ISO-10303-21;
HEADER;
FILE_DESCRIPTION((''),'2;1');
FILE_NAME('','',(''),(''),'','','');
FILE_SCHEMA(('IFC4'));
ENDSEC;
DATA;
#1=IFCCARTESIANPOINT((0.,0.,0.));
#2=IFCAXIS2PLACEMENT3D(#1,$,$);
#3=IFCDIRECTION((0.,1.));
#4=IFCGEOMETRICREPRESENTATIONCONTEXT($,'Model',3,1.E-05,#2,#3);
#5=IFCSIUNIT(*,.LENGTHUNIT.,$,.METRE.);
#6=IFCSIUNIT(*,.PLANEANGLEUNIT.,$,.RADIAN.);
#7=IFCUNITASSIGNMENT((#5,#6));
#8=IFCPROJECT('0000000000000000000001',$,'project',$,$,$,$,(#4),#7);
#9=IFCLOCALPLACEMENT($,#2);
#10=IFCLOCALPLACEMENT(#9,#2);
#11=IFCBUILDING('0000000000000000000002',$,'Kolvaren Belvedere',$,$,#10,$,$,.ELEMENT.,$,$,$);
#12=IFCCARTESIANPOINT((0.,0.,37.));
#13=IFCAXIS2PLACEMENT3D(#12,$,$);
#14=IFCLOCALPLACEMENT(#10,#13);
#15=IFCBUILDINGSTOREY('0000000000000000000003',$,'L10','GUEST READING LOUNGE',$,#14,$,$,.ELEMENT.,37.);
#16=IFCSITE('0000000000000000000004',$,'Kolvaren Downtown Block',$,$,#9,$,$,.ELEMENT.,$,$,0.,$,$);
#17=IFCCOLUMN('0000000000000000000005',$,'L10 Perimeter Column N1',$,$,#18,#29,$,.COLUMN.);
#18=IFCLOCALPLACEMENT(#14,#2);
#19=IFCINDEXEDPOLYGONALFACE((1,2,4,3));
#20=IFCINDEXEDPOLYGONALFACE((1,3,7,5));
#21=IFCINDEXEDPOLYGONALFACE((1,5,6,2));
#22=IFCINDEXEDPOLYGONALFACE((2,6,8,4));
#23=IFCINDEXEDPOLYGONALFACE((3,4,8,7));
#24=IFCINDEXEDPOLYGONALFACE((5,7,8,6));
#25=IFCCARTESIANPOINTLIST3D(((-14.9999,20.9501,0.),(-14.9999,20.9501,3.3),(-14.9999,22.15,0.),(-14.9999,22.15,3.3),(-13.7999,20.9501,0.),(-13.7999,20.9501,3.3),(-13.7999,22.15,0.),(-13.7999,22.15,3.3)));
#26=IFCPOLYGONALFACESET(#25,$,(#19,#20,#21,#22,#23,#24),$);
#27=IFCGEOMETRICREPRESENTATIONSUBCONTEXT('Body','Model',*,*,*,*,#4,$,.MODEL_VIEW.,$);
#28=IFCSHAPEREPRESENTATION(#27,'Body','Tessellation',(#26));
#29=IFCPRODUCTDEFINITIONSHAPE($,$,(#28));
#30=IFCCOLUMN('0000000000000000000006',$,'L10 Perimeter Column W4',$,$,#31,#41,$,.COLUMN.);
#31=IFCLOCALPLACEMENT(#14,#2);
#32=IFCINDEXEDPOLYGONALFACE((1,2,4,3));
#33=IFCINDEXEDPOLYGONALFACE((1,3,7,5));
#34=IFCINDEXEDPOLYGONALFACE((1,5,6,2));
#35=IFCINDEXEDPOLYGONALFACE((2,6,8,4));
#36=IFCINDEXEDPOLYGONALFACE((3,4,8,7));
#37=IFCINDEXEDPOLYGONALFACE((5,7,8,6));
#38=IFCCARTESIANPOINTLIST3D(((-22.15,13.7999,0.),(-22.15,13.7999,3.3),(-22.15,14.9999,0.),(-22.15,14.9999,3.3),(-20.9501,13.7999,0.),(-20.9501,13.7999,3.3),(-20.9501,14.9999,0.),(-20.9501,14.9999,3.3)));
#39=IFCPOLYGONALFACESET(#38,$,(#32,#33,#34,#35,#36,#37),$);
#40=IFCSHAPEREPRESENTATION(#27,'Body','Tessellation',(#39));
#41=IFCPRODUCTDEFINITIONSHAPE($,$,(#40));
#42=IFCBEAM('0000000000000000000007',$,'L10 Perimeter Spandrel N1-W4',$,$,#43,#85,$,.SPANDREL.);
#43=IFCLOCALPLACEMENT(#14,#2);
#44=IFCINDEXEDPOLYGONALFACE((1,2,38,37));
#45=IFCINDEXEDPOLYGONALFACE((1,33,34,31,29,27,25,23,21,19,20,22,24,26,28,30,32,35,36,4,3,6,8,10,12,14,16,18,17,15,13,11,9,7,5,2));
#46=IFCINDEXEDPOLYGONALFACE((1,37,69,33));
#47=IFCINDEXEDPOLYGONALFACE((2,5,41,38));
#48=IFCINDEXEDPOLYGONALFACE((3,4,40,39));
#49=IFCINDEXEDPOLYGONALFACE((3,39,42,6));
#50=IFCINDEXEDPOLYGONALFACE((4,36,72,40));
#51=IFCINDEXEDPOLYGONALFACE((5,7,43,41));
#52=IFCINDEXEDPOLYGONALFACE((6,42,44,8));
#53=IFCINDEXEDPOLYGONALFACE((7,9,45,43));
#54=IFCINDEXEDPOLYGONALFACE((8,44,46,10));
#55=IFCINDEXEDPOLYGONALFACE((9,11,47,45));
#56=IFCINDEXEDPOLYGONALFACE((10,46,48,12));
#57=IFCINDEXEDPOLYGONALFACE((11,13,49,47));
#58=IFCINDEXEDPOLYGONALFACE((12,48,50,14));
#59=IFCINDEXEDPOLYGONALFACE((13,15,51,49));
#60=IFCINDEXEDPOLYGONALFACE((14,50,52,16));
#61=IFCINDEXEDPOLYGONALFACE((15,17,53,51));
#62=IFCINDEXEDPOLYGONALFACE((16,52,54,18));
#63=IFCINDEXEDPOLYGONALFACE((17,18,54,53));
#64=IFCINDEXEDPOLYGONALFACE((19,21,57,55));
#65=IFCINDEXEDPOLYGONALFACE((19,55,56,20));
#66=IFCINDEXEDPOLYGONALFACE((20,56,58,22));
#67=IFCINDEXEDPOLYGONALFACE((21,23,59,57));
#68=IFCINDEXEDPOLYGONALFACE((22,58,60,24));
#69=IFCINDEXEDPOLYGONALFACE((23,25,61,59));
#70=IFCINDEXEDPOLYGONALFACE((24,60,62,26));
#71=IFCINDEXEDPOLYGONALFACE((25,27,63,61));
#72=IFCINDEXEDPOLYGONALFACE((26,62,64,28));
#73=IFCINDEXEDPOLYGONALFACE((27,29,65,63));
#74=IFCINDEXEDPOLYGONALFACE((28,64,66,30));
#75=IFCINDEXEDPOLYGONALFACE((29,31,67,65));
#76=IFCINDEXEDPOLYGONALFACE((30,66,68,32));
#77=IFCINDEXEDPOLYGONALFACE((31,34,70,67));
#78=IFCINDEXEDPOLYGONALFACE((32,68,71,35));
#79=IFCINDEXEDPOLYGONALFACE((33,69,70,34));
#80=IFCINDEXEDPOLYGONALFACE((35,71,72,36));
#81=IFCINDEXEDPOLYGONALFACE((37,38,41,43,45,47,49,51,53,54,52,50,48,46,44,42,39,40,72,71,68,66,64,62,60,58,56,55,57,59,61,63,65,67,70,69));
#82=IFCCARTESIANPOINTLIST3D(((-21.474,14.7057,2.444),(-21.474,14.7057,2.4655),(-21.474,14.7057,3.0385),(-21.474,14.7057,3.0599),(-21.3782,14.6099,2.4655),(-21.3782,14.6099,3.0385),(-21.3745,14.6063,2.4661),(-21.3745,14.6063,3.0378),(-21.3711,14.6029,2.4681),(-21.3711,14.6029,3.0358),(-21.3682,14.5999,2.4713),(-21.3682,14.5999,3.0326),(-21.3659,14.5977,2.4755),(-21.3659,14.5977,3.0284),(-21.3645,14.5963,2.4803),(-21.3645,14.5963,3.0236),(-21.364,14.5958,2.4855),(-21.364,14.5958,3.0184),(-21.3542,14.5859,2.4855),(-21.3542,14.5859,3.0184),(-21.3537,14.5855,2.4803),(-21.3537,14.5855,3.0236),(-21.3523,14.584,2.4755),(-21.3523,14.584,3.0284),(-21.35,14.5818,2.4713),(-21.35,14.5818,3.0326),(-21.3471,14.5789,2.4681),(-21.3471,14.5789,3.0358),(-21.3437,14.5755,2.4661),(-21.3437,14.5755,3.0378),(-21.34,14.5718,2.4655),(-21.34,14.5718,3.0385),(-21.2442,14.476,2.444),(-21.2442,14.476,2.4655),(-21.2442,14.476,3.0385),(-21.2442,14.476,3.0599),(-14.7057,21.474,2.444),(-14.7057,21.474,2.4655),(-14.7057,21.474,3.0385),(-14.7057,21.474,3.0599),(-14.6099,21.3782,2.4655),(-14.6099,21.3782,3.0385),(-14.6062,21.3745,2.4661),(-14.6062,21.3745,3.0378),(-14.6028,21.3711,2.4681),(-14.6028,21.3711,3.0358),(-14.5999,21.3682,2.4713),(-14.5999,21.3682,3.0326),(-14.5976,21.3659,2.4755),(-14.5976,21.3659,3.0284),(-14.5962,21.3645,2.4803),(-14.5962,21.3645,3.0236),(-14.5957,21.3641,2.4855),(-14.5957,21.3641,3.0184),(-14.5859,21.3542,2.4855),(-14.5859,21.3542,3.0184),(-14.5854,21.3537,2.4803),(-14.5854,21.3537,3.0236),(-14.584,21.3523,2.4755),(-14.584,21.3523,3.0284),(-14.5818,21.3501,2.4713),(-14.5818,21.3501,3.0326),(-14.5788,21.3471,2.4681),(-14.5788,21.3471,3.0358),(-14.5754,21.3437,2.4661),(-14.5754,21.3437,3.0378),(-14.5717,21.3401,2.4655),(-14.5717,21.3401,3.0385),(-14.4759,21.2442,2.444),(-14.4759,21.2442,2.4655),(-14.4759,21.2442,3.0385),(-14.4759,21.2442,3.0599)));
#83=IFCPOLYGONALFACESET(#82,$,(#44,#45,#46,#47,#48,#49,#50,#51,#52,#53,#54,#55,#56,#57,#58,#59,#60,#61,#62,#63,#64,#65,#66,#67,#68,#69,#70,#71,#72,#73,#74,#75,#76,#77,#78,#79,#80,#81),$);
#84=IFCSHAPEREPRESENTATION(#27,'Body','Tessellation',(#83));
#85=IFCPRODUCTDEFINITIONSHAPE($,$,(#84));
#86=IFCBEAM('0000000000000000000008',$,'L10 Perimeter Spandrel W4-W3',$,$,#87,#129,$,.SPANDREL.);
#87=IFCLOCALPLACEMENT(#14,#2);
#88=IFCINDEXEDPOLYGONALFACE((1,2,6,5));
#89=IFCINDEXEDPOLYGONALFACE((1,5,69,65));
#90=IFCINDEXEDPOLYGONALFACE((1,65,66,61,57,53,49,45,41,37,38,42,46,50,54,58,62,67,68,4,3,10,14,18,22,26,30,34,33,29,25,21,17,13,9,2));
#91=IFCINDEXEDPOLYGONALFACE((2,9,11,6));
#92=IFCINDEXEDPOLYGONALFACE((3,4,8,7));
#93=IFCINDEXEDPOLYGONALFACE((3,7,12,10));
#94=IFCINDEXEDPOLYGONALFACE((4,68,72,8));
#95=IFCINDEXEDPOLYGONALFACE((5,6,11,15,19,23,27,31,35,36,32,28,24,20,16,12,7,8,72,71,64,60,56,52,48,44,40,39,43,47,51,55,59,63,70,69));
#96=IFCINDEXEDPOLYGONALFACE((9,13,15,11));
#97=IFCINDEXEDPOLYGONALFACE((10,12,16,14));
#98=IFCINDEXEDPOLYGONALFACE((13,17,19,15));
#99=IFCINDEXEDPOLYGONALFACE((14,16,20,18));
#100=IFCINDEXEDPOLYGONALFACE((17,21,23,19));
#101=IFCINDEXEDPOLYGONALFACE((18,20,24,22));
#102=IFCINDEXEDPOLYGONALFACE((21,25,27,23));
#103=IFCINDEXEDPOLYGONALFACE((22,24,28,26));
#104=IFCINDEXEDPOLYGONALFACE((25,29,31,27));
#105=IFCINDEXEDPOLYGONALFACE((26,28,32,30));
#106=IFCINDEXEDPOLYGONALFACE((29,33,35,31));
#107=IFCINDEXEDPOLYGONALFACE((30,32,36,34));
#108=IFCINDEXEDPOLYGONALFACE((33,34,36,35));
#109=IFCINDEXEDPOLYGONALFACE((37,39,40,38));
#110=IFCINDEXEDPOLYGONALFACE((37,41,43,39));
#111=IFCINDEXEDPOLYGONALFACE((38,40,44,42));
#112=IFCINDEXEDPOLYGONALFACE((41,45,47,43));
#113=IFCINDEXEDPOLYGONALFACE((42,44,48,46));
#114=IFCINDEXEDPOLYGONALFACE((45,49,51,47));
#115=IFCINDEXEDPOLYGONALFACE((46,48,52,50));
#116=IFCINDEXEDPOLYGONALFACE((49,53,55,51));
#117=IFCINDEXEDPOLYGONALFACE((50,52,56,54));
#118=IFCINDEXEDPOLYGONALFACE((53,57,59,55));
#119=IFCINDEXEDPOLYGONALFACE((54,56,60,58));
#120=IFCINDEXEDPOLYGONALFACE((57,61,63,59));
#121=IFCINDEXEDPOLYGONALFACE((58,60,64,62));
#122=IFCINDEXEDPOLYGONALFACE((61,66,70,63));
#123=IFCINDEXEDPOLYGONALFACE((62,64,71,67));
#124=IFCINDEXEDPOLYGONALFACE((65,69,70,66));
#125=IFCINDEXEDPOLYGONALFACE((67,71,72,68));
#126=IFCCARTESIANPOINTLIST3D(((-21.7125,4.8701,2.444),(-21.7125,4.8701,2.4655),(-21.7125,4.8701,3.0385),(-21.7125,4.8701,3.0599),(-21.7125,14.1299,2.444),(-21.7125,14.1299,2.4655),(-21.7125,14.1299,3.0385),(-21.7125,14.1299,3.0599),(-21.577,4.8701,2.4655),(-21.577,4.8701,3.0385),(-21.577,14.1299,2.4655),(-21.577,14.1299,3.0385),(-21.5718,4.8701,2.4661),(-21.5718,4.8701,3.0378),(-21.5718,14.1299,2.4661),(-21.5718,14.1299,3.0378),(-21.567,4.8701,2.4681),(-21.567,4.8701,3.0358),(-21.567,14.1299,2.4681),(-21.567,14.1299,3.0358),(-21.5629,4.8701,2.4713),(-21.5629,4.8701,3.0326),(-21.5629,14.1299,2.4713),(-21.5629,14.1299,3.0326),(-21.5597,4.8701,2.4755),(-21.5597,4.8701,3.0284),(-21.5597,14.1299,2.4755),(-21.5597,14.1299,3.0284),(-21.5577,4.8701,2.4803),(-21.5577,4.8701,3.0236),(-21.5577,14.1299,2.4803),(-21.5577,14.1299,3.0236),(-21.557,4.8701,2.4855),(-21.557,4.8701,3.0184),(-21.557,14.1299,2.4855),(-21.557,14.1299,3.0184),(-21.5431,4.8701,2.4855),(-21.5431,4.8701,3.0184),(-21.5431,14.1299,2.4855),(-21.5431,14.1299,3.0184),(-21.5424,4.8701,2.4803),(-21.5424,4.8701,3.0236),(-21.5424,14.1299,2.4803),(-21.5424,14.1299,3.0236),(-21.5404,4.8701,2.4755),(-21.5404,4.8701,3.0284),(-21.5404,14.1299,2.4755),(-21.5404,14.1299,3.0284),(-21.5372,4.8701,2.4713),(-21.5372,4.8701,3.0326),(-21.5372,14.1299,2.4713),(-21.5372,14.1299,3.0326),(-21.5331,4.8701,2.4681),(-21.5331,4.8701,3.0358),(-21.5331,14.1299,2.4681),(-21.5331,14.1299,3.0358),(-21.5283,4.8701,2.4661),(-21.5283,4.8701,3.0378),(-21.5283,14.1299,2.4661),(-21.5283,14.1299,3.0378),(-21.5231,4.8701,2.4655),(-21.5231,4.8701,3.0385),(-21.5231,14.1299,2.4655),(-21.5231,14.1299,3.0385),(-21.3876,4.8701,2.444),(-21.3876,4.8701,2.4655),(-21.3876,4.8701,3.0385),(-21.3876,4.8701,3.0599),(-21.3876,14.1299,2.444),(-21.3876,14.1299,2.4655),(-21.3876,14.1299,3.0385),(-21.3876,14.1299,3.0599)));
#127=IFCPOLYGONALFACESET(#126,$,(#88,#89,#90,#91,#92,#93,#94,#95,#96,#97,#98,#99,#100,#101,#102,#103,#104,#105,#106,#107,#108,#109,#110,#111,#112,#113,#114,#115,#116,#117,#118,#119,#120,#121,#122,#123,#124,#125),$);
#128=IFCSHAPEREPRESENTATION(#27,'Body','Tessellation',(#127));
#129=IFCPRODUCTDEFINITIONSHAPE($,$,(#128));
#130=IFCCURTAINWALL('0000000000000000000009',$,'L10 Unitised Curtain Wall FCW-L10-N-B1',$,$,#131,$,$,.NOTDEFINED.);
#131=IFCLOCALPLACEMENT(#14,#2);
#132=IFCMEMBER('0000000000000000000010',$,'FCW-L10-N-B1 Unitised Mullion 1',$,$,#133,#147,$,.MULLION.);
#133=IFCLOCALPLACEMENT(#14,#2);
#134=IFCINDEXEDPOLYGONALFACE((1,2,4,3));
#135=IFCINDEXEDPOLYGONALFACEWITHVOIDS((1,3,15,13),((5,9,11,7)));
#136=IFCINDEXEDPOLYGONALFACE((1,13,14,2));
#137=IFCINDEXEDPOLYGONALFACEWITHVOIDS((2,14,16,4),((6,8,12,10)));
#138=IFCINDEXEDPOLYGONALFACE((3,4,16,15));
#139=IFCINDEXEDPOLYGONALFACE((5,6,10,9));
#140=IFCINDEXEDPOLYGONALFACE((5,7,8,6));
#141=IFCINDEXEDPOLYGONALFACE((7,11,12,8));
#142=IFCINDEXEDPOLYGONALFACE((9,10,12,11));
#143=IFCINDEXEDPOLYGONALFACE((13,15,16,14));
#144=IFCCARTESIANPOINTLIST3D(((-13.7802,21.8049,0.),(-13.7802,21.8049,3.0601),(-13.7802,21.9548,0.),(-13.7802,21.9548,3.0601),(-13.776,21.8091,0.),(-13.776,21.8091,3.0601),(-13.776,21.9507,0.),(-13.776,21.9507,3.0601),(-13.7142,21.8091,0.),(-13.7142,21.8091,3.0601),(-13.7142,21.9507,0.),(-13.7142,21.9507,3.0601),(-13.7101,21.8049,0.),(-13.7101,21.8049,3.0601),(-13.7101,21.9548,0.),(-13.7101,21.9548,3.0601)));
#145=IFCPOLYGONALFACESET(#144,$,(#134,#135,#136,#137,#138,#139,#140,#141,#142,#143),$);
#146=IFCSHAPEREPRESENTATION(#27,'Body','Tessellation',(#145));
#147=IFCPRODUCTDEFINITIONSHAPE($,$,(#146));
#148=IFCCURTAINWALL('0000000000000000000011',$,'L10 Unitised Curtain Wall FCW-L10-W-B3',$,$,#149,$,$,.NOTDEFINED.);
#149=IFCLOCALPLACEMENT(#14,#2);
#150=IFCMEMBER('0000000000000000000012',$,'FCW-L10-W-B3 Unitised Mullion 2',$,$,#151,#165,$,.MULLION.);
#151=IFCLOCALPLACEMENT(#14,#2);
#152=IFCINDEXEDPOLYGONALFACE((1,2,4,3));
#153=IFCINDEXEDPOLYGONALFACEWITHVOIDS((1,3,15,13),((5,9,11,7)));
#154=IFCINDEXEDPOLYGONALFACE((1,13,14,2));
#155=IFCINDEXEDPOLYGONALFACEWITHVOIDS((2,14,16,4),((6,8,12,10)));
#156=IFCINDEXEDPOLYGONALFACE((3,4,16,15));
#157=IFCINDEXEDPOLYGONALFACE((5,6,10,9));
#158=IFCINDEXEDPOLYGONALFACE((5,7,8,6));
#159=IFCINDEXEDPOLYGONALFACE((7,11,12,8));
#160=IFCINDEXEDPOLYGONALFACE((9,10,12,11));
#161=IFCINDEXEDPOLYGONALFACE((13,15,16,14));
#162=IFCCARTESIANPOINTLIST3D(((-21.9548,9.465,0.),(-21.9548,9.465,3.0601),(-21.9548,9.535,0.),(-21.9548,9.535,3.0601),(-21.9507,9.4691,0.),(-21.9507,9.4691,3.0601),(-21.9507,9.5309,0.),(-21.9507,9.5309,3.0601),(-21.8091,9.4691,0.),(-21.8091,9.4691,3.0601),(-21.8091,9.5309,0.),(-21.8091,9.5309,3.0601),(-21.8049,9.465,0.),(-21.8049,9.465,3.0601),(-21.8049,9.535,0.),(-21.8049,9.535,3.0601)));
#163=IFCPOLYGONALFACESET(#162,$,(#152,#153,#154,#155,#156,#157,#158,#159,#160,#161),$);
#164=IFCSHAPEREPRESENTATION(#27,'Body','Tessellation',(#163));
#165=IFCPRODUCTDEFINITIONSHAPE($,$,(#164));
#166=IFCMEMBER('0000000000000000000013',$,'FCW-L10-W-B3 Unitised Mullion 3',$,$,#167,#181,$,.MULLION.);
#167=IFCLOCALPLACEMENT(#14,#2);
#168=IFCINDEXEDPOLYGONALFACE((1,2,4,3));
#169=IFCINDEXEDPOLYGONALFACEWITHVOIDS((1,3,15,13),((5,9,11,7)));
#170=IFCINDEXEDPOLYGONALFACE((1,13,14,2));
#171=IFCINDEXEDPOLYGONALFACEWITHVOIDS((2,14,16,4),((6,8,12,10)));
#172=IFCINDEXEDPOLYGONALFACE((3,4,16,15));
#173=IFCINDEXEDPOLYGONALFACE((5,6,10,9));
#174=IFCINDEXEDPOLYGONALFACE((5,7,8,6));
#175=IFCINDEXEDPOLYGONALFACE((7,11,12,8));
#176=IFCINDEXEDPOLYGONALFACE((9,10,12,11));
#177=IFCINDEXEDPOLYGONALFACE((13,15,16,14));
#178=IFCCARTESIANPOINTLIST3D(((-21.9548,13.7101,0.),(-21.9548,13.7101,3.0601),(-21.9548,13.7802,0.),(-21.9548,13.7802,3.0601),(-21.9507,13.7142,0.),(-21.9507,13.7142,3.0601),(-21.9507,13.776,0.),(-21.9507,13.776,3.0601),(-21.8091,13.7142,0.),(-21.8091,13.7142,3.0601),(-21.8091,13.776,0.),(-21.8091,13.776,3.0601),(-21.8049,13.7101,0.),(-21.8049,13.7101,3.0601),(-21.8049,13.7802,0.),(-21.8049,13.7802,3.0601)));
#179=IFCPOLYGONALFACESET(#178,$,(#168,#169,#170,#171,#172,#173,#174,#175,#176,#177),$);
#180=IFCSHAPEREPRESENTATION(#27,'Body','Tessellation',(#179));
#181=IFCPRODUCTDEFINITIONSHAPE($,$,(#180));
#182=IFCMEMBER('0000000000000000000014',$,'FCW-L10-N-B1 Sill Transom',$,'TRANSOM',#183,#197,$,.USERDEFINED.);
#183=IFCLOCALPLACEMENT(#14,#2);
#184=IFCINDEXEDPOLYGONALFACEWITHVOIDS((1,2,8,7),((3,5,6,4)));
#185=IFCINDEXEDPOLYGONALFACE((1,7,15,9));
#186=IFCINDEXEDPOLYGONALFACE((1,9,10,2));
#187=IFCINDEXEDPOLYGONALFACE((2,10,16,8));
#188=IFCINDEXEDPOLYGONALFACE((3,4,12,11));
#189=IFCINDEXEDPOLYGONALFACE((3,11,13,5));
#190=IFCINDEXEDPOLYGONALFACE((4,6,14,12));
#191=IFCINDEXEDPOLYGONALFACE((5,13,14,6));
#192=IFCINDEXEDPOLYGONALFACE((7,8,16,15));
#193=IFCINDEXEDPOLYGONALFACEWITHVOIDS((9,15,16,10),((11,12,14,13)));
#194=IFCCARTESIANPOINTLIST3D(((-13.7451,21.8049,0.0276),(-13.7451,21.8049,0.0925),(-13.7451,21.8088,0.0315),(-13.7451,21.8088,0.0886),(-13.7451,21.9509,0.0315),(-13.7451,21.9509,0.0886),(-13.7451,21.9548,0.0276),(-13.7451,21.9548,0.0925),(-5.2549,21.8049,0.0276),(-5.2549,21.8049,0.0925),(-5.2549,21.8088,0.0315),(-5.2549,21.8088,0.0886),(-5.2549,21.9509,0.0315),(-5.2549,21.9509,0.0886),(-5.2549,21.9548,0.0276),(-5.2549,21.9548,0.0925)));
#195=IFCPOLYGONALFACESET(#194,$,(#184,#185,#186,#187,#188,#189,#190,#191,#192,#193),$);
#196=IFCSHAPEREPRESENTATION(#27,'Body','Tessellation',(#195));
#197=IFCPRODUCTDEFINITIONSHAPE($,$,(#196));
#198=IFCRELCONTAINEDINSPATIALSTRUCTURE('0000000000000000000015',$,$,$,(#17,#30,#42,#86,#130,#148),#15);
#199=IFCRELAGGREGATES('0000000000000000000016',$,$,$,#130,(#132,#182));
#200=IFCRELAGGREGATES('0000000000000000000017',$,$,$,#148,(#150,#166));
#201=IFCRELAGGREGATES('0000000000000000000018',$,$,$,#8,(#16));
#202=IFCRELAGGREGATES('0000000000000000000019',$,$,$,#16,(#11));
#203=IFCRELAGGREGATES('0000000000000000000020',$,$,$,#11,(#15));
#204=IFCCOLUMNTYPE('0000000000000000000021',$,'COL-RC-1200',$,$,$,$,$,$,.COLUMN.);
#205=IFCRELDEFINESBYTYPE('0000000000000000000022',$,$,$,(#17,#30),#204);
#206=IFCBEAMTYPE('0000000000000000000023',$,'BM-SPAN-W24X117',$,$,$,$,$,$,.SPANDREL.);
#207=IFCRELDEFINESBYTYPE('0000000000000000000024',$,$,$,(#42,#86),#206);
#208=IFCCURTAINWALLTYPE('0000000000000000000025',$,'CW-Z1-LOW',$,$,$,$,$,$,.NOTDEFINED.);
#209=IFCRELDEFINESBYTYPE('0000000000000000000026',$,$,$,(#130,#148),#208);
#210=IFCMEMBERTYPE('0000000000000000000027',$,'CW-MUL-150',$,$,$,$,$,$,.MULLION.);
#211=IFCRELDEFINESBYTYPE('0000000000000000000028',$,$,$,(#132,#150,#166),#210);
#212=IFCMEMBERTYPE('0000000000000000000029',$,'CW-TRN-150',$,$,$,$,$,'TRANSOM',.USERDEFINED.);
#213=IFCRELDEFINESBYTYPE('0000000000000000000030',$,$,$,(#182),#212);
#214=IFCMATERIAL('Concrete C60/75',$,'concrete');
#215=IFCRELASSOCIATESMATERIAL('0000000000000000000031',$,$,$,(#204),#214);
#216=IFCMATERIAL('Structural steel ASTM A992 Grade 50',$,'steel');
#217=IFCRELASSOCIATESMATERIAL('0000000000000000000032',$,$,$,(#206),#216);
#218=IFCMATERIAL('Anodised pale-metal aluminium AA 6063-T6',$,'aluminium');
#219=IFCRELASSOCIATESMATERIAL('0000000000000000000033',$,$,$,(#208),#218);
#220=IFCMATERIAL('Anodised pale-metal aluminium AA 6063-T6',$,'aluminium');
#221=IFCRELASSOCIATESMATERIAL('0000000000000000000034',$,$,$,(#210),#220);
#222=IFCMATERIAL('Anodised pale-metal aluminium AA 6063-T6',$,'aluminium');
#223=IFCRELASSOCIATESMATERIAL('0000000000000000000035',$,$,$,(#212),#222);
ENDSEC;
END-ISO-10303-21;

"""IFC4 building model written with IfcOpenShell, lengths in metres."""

from ifc_helpers import new_model, si_unit, direction, frame, origin, origin_2d, place, context, subcontext, project, spatial, rectangle, hollow_rectangle, i_section, extrude, material, material_profile, profile_set, type_object, element, aggregate, save


model = new_model("IFC4")

# Units and contexts
model_context = context("Model", 3, precision=1e-05, world=origin(), true_north=direction((0.0, 1.0)))
body_context = subcontext(model_context, "Body", "Model", "MODEL_VIEW")
ifc_project = project(units=[si_unit("LENGTHUNIT", "METRE"), si_unit("PLANEANGLEUNIT", "RADIAN")], contexts=[model_context])

# Site, building, storey
site_placement = place(None, origin())
site = spatial("IfcSite", under=ifc_project, at=site_placement, Name="Kolvaren Downtown Block", CompositionType="ELEMENT", RefElevation=0.0)
building_placement = place(site_placement, origin())
building = spatial("IfcBuilding", under=site, at=building_placement, Name="Kolvaren Belvedere", CompositionType="ELEMENT")
storey_placement = place(building_placement, frame((0.0, 0.0, 37.0)))
storey = spatial("IfcBuildingStorey", under=building, at=storey_placement, Name="L10", Description="GUEST READING LOUNGE", CompositionType="ELEMENT", Elevation=37.0)

# Columns
ifc_material_1 = material(Name="Concrete C60/75", Category="concrete")
ifc_material_profile_1 = material_profile(ifc_material_1, rectangle(XDim=1.2, YDim=1.2, at=origin_2d()), Name="RC 1200X1200")
ifc_profile_set_1 = profile_set([ifc_material_profile_1], Name="Concrete C60/75")
column_type = type_object("IfcColumnType", Name="COL-RC-1200", PredefinedType="COLUMN", material=ifc_profile_set_1)
for number, where, z_axis, x_axis, name in (
    (1, (-14.3999, 21.55, 0.0), (0.0, 0.0, 1.0), (1.0, 0.0, 0.0), "L10 Perimeter Column N1"),
    (2, (-21.55, 14.3999, 0.0), (0.0, 0.0, 1.0), (1.0, 0.0, 0.0), "L10 Perimeter Column W4"),
):
    element("IfcColumn", number, at=place(storey_placement, frame(where, z_axis=z_axis, x_axis=x_axis)), inside=storey, type_object=column_type, Name=name, PredefinedType="COLUMN", context=body_context, shape_type="SweptSolid", body=[
        extrude(rectangle(XDim=1.2, YDim=1.2, at=origin_2d()), origin(), (0.0, 0.0, 1.0), 3.3),
    ])

# Beams
ifc_material_2 = material(Name="Structural steel ASTM A992 Grade 50", Category="steel")
ifc_material_profile_2 = material_profile(ifc_material_2, i_section(OverallWidth=0.325, OverallDepth=0.616, WebThickness=0.0139, FlangeThickness=0.0215, FilletRadius=0.02, at=origin_2d()), Name="W24X117")
ifc_profile_set_2 = profile_set([ifc_material_profile_2], Name="Structural steel ASTM A992 Grade 50")
beam_type = type_object("IfcBeamType", Name="BM-SPAN-W24X117", PredefinedType="SPANDREL", material=ifc_profile_set_2)
beam_1_placement = place(storey_placement, frame((-14.5908, 21.3591, 2.752), z_axis=(-0.707107, -0.707107, 0.0), x_axis=(0.707107, -0.707107, 0.0)))
element("IfcBeam", 3, at=beam_1_placement, inside=storey, type_object=beam_type, Name="L10 Perimeter Spandrel N1-W4", PredefinedType="SPANDREL", context=body_context, shape_type="SweptSolid", body=[
    extrude(i_section(OverallWidth=0.325, OverallDepth=0.616, WebThickness=0.0139, FlangeThickness=0.0215, FilletRadius=0.02, at=origin_2d()), origin(), (0.0, 0.0, 1.0), 9.5718),
])
beam_2_placement = place(storey_placement, frame((-21.55, 14.1299, 2.752), z_axis=(0.0, -1.0, 0.0), x_axis=(1.0, 0.0, 0.0)))
element("IfcBeam", 4, at=beam_2_placement, inside=storey, type_object=beam_type, Name="L10 Perimeter Spandrel W4-W3", PredefinedType="SPANDREL", context=body_context, shape_type="SweptSolid", body=[
    extrude(i_section(OverallWidth=0.325, OverallDepth=0.616, WebThickness=0.0139, FlangeThickness=0.0215, FilletRadius=0.02, at=origin_2d()), origin(), (0.0, 0.0, 1.0), 9.2598),
])

# Curtain wall, member
ifc_material_3 = material(Name="Anodised pale-metal aluminium AA 6063-T6", Category="aluminium")
curtain_wall_type = type_object("IfcCurtainWallType", Name="CW-Z1-LOW", PredefinedType="NOTDEFINED", material=ifc_material_3)
curtain_wall_1_placement = place(storey_placement, origin())
curtain_wall_1 = element("IfcCurtainWall", 5, at=curtain_wall_1_placement, inside=storey, type_object=curtain_wall_type, Name="L10 Unitised Curtain Wall FCW-L10-N-B1", PredefinedType="NOTDEFINED")
ifc_material_4 = material(Name="Anodised pale-metal aluminium AA 6063-T6", Category="aluminium")
ifc_material_profile_3 = material_profile(ifc_material_4, hollow_rectangle(XDim=0.0701, YDim=0.1499, WallThickness=0.0042, at=origin_2d()), Name="ALU-MUL-150X70")
ifc_profile_set_3 = profile_set([ifc_material_profile_3], Name="Anodised pale-metal aluminium AA 6063-T6")
member_type_1 = type_object("IfcMemberType", Name="CW-MUL-150", PredefinedType="MULLION", material=ifc_profile_set_3)
member_1_placement = place(storey_placement, frame((-13.7451, 21.8799, 0.0), z_axis=(0.0, 0.0, 1.0), x_axis=(1.0, 0.0, 0.0)))
member_1 = element("IfcMember", 6, at=member_1_placement, type_object=member_type_1, Name="FCW-L10-N-B1 Unitised Mullion 1", PredefinedType="MULLION", context=body_context, shape_type="SweptSolid", body=[
    extrude(hollow_rectangle(XDim=0.0701, YDim=0.1499, WallThickness=0.0042, at=origin_2d()), origin(), (0.0, 0.0, 1.0), 3.0601),
])

# Curtain wall, members
curtain_wall_2_placement = place(storey_placement, origin())
curtain_wall_2 = element("IfcCurtainWall", 7, at=curtain_wall_2_placement, inside=storey, type_object=curtain_wall_type, Name="L10 Unitised Curtain Wall FCW-L10-W-B3", PredefinedType="NOTDEFINED")
member_2_placement = place(storey_placement, frame((-21.8799, 9.5, 0.0), z_axis=(0.0, 0.0, 1.0), x_axis=(0.0, 1.0, 0.0)))
member_2 = element("IfcMember", 8, at=member_2_placement, type_object=member_type_1, Name="FCW-L10-W-B3 Unitised Mullion 2", PredefinedType="MULLION", context=body_context, shape_type="SweptSolid", body=[
    extrude(hollow_rectangle(XDim=0.0701, YDim=0.1499, WallThickness=0.0042, at=origin_2d()), origin(), (0.0, 0.0, 1.0), 3.0601),
])
member_3_placement = place(storey_placement, frame((-21.8799, 13.7451, 0.0), z_axis=(0.0, 0.0, 1.0), x_axis=(0.0, 1.0, 0.0)))
member_3 = element("IfcMember", 9, at=member_3_placement, type_object=member_type_1, Name="FCW-L10-W-B3 Unitised Mullion 3", PredefinedType="MULLION", context=body_context, shape_type="SweptSolid", body=[
    extrude(hollow_rectangle(XDim=0.0701, YDim=0.1499, WallThickness=0.0042, at=origin_2d()), origin(), (0.0, 0.0, 1.0), 3.0601),
])

# Member
ifc_material_5 = material(Name="Anodised pale-metal aluminium AA 6063-T6", Category="aluminium")
ifc_material_profile_4 = material_profile(ifc_material_5, hollow_rectangle(XDim=0.0649, YDim=0.1499, WallThickness=0.0039, at=origin_2d()), Name="ALU-TRN-150X65")
ifc_profile_set_4 = profile_set([ifc_material_profile_4], Name="Anodised pale-metal aluminium AA 6063-T6")
member_type_2 = type_object("IfcMemberType", Name="CW-TRN-150", ElementType="TRANSOM", PredefinedType="USERDEFINED", material=ifc_profile_set_4)
member_4_placement = place(storey_placement, frame((-13.7451, 21.8799, 0.0601), z_axis=(1.0, 0.0, 0.0), x_axis=(0.0, 0.0, 1.0)))
member_4 = element("IfcMember", 10, at=member_4_placement, type_object=member_type_2, Name="FCW-L10-N-B1 Sill Transom", ObjectType="TRANSOM", PredefinedType="USERDEFINED", context=body_context, shape_type="SweptSolid", body=[
    extrude(hollow_rectangle(XDim=0.0649, YDim=0.1499, WallThickness=0.0039, at=origin_2d()), origin(), (0.0, 0.0, 1.0), 8.4902),
])
aggregate(curtain_wall_1, [member_1, member_4])

aggregate(curtain_wall_2, [member_2, member_3])

save(model, "model.ifc")
